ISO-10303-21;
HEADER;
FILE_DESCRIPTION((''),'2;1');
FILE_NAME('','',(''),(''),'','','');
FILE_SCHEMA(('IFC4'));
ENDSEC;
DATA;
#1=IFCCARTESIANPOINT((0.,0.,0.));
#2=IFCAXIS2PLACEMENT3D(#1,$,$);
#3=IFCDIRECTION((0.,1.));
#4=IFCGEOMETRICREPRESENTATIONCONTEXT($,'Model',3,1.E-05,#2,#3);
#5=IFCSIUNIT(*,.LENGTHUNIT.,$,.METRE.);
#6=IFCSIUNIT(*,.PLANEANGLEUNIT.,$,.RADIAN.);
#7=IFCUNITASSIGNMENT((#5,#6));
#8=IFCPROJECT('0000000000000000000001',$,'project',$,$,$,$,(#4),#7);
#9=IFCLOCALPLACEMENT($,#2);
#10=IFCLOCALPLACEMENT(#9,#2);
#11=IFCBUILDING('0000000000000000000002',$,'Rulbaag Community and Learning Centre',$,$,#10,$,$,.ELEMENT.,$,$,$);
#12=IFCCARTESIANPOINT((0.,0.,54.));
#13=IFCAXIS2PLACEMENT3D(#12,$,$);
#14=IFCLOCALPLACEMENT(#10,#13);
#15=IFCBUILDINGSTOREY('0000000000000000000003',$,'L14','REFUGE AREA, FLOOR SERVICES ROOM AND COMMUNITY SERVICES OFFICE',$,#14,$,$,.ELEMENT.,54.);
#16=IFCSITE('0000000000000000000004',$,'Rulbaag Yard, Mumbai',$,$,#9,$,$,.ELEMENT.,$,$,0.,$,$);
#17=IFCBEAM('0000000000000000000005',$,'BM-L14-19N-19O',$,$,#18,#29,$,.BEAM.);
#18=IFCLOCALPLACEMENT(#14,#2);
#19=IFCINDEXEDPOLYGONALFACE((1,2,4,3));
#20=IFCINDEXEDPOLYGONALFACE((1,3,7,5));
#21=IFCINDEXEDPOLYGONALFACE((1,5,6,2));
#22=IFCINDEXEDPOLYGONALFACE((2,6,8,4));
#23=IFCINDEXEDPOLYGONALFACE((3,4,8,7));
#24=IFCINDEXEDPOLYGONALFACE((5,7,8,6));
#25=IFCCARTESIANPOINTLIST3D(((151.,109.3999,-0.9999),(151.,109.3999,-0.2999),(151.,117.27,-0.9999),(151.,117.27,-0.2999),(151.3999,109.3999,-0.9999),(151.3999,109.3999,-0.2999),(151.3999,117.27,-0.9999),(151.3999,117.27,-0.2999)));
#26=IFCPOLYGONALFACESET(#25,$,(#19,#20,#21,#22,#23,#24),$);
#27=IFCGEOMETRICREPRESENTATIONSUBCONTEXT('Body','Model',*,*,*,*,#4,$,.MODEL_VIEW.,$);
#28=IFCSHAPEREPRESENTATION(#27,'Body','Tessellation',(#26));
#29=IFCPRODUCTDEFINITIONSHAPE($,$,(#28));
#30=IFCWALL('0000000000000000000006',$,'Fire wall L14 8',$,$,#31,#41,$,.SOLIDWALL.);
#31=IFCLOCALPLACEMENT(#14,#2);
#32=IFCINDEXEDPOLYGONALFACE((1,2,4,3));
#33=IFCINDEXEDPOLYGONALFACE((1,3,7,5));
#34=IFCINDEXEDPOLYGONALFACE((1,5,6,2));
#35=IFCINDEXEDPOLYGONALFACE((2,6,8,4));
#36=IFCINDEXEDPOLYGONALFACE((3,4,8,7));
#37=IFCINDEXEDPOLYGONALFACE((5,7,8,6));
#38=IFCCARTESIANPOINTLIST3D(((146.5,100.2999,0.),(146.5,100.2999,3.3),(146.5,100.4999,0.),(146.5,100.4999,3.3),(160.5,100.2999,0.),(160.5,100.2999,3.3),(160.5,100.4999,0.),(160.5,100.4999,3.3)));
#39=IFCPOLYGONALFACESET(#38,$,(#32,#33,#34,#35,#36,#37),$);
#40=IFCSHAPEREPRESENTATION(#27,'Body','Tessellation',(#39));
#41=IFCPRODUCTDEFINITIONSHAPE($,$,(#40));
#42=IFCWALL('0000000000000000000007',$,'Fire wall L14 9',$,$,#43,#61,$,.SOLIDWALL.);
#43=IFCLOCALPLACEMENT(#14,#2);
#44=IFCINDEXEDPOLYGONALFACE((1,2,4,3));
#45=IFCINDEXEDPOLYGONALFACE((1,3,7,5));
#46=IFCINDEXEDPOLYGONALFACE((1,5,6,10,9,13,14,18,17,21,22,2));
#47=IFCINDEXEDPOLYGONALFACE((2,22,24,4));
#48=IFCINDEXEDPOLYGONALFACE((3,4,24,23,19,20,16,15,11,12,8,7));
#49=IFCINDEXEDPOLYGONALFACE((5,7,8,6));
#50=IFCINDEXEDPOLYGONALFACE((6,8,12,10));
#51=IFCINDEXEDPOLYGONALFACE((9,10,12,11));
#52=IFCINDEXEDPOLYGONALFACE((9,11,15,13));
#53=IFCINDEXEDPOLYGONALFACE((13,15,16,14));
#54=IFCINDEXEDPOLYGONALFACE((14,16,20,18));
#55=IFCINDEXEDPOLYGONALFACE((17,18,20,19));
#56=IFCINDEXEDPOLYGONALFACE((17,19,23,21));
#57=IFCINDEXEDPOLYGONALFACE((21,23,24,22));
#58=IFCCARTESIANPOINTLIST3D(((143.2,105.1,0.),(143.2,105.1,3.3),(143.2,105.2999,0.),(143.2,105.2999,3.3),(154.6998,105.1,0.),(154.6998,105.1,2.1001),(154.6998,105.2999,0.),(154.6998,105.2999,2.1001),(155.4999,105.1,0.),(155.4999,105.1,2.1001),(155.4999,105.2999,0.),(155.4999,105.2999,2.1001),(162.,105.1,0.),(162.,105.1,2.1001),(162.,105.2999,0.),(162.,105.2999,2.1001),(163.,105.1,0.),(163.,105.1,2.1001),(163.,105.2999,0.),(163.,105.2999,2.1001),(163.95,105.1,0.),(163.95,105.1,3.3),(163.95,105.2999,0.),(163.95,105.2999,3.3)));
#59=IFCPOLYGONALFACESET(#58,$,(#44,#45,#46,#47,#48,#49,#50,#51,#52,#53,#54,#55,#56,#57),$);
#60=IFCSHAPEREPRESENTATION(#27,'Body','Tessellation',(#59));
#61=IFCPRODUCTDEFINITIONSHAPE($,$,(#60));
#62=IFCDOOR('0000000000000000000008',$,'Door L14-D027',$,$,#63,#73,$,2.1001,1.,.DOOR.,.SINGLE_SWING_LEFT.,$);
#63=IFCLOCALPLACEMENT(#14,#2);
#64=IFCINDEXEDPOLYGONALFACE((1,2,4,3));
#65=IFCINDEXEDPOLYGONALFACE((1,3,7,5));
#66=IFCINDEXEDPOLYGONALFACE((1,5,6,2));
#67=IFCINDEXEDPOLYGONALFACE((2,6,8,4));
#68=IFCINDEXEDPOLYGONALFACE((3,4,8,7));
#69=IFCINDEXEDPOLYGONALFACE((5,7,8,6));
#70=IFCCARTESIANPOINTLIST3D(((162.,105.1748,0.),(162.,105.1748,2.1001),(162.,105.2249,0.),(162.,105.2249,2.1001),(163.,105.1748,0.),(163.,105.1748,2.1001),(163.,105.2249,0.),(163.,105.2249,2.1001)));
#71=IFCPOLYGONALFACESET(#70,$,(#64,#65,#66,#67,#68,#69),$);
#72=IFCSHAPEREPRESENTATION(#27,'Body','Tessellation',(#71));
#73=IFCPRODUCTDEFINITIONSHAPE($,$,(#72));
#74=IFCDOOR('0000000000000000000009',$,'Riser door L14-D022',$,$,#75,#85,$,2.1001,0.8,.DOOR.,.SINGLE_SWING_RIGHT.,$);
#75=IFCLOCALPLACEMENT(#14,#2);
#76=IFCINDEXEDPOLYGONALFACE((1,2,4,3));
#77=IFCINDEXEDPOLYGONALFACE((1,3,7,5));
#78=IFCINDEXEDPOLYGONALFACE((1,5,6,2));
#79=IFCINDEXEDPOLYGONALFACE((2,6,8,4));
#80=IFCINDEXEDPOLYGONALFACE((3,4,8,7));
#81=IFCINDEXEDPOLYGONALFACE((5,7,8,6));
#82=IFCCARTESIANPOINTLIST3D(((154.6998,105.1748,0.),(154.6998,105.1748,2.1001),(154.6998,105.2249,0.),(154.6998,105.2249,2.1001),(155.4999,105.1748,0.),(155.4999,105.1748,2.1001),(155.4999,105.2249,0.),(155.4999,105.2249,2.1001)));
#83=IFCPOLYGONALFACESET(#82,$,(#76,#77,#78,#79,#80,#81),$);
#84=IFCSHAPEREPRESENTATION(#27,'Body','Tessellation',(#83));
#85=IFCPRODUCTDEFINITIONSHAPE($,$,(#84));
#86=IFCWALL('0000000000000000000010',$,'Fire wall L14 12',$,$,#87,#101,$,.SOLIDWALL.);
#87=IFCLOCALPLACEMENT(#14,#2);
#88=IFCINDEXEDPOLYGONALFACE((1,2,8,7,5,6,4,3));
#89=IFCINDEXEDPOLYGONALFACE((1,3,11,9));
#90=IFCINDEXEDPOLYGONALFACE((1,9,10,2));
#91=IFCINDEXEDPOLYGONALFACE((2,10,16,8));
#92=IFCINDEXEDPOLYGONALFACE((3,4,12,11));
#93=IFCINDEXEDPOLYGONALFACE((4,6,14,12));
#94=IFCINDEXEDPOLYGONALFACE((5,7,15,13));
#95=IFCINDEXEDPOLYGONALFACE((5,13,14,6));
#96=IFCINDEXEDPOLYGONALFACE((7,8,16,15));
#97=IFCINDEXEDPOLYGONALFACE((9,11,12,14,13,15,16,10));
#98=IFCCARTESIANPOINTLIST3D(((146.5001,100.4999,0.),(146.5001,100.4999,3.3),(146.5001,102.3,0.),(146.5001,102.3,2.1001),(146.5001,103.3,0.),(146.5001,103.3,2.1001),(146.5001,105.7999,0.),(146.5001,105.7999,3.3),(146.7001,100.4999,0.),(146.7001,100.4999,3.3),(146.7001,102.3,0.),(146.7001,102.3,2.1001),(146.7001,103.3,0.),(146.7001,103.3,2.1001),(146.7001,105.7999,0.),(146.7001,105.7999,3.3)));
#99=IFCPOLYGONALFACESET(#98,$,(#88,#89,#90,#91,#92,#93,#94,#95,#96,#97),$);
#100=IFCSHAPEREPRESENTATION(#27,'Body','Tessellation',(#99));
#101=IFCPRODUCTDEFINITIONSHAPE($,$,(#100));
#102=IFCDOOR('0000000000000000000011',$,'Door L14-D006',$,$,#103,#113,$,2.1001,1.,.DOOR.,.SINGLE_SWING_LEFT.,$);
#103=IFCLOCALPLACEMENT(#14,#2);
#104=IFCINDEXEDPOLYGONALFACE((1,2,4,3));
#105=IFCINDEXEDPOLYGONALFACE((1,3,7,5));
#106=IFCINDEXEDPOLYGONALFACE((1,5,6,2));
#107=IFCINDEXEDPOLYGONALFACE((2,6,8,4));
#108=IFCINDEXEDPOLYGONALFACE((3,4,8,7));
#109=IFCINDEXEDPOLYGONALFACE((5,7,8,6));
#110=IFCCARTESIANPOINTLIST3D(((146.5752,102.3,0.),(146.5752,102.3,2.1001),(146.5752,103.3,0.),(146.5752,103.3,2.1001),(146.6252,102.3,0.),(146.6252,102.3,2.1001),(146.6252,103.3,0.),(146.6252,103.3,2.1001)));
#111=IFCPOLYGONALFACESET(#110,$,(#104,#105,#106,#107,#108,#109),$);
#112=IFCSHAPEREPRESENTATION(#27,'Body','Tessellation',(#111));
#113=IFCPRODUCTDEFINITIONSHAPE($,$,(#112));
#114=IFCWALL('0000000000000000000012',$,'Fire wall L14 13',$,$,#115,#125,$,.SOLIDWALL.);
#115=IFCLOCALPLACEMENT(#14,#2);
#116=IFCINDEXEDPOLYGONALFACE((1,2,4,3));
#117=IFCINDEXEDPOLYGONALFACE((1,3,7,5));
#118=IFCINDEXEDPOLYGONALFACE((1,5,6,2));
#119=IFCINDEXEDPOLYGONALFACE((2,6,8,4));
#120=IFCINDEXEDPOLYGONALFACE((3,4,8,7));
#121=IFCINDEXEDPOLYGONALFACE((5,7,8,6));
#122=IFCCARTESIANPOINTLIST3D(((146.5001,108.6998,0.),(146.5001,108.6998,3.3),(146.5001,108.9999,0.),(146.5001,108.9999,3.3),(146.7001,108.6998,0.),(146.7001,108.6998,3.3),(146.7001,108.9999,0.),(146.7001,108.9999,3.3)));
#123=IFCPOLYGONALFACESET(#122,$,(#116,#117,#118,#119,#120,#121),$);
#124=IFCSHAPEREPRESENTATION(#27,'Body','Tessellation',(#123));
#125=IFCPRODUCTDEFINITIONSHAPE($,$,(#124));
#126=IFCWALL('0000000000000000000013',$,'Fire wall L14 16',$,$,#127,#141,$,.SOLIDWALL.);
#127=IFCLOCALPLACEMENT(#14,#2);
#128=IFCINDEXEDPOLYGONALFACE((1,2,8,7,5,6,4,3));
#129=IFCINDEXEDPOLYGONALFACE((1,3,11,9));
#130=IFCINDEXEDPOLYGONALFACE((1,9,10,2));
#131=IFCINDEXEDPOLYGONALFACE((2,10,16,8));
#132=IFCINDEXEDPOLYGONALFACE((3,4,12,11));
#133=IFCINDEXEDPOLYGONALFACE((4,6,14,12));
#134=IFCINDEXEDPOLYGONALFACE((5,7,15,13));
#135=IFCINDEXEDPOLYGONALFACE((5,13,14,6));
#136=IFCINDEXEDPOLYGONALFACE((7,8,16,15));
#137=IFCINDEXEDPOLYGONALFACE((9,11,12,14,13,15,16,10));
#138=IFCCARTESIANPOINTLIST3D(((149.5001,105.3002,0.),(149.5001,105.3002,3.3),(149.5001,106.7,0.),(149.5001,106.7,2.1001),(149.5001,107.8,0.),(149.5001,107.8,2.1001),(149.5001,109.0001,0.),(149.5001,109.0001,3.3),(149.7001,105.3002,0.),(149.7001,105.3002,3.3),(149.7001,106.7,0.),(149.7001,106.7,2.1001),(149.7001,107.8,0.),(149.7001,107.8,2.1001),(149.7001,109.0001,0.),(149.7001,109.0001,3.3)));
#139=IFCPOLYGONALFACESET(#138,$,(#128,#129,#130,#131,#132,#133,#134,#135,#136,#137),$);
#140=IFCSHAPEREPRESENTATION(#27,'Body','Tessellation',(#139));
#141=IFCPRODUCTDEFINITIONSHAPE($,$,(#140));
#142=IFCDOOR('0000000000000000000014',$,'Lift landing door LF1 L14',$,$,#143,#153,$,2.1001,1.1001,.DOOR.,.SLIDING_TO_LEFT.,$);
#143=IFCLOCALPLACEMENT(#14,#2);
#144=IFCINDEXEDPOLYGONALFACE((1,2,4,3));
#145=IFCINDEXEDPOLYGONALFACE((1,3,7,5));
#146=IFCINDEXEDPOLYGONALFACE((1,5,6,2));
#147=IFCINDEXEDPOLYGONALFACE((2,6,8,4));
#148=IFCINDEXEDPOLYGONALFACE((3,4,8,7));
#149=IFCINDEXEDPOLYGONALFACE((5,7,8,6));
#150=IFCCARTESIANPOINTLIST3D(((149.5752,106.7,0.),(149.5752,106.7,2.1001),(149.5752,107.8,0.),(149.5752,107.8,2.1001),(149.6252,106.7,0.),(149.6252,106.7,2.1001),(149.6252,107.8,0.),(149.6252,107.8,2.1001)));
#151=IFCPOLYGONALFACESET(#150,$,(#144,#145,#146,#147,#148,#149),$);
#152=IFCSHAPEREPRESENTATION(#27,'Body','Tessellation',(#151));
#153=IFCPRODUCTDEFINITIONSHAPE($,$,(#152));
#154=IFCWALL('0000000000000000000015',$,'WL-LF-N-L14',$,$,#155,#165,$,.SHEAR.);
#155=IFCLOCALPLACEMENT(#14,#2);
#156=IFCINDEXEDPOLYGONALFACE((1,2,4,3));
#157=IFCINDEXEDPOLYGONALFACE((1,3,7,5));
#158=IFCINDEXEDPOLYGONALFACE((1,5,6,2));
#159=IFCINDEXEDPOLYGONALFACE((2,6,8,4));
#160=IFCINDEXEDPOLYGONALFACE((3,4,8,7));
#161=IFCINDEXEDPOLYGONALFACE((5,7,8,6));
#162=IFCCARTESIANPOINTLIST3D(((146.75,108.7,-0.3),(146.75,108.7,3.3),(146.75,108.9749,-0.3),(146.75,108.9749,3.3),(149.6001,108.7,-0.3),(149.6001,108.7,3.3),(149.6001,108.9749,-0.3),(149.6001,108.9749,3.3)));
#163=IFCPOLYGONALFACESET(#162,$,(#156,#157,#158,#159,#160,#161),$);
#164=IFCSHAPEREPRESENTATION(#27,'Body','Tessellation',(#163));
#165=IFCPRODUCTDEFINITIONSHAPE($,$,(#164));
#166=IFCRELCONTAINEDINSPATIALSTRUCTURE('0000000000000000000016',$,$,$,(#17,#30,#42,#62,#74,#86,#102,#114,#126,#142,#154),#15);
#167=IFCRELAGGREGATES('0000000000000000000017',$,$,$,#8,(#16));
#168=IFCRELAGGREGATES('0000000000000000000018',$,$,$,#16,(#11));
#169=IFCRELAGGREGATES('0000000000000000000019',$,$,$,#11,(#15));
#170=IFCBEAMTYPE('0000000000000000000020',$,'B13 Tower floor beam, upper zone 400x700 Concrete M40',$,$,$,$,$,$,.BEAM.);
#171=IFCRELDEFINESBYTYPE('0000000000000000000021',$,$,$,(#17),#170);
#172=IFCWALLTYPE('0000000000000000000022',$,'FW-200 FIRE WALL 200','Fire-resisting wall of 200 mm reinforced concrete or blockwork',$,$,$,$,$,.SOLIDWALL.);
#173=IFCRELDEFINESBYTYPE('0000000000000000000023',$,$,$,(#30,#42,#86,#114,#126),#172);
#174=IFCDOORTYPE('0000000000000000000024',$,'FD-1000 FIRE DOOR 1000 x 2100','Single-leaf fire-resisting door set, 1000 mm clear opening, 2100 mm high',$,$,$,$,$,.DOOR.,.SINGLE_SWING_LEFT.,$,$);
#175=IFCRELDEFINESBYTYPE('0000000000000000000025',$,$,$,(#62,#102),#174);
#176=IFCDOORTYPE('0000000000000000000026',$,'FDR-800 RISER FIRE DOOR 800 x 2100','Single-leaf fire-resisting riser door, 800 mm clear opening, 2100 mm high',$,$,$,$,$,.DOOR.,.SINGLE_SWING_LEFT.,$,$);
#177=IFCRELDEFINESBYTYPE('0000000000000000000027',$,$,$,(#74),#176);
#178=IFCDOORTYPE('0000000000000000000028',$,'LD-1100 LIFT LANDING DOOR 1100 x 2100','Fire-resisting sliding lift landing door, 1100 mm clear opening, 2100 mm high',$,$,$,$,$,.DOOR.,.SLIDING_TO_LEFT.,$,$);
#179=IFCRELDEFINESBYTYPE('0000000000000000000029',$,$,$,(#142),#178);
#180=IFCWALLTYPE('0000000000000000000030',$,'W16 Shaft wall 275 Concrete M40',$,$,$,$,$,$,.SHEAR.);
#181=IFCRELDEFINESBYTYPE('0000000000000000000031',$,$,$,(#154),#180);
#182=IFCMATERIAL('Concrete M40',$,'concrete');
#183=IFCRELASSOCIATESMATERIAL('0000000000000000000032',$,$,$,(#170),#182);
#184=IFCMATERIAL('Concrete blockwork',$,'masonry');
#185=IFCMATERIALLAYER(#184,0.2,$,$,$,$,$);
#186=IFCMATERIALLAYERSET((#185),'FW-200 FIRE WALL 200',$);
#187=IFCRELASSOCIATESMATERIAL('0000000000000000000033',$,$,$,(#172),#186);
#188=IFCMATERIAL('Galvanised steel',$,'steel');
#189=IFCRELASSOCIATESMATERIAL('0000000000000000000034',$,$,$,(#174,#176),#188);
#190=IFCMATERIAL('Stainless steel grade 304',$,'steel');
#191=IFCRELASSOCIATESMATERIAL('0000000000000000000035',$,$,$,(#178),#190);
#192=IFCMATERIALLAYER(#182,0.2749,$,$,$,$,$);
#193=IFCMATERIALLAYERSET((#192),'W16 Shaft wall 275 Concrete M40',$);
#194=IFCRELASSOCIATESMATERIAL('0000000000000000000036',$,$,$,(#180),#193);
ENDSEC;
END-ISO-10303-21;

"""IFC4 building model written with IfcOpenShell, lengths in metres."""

from ifc_helpers import new_model, si_unit, direction, frame, frame_2d, origin, origin_2d, place, context, subcontext, project, spatial, rectangle, extrude, material, layer, layer_set, material_profile, profile_set, type_object, element, fill, save


model = new_model("IFC4")

# Units and contexts
model_context = context("Model", 3, precision=1e-05, world=origin(), true_north=direction((0.0, 1.0)))
body_context = subcontext(model_context, "Body", "Model", "MODEL_VIEW")
ifc_project = project(units=[si_unit("LENGTHUNIT", "METRE"), si_unit("PLANEANGLEUNIT", "RADIAN")], contexts=[model_context])

# Site, building, storey
site_placement = place(None, origin())
site = spatial("IfcSite", under=ifc_project, at=site_placement, Name="Rulbaag Yard, Mumbai", CompositionType="ELEMENT", RefElevation=0.0)
building_placement = place(site_placement, origin())
building = spatial("IfcBuilding", under=site, at=building_placement, Name="Rulbaag Community and Learning Centre", CompositionType="ELEMENT")
storey_placement = place(building_placement, frame((0.0, 0.0, 54.0)))
storey = spatial("IfcBuildingStorey", under=building, at=storey_placement, Name="L14", Description="REFUGE AREA, FLOOR SERVICES ROOM AND COMMUNITY SERVICES OFFICE", CompositionType="ELEMENT", Elevation=54.0)

# Beam
ifc_material_1 = material(Name="Concrete M40", Category="concrete")
ifc_material_profile = material_profile(ifc_material_1, rectangle(XDim=0.3999, YDim=0.7, at=origin_2d()), Name="RB400x700")
ifc_profile_set = profile_set([ifc_material_profile], Name="Concrete M40")
beam_type = type_object("IfcBeamType", Name="B13 Tower floor beam, upper zone 400x700 Concrete M40", PredefinedType="BEAM", material=ifc_profile_set)
beam_placement = place(storey_placement, frame((151.2, 109.3999, -0.6499), z_axis=(0.0, 1.0, 0.0), x_axis=(-1.0, 0.0, 0.0)))
element("IfcBeam", 1, at=beam_placement, inside=storey, type_object=beam_type, Name="BM-L14-19N-19O", PredefinedType="BEAM", context=body_context, shape_type="SweptSolid", body=[
    extrude(rectangle(XDim=0.3999, YDim=0.7, at=origin_2d()), origin(), (0.0, 0.0, 1.0), 7.8701),
])

# Wall
ifc_material_2 = material(Name="Concrete blockwork", Category="masonry")
ifc_layer_1 = layer(ifc_material_2, 0.2)
ifc_layer_set_1 = layer_set([ifc_layer_1], Name="FW-200 FIRE WALL 200")
wall_type_1 = type_object("IfcWallType", Name="FW-200 FIRE WALL 200", Description="Fire-resisting wall of 200 mm reinforced concrete or blockwork", PredefinedType="SOLIDWALL", material=ifc_layer_set_1)
wall_1_placement = place(storey_placement, frame((146.5, 100.3999, 0.0), z_axis=(0.0, 0.0, 1.0), x_axis=(1.0, 0.0, 0.0)))
element("IfcWall", 2, at=wall_1_placement, inside=storey, type_object=wall_type_1, Name="Fire wall L14 8", PredefinedType="SOLIDWALL", context=body_context, shape_type="SweptSolid", body=[
    extrude(rectangle(XDim=14.0, YDim=0.2, at=frame_2d((7.0, 0.0))), origin(), (0.0, 0.0, 1.0), 3.3),
])

# Wall, openings, doors
wall_2_placement = place(storey_placement, frame((143.2, 105.2, 0.0), z_axis=(0.0, 0.0, 1.0), x_axis=(1.0, 0.0, 0.0)))
wall_2 = element("IfcWall", 3, at=wall_2_placement, inside=storey, type_object=wall_type_1, Name="Fire wall L14 9", PredefinedType="SOLIDWALL", context=body_context, shape_type="SweptSolid", body=[
    extrude(rectangle(XDim=20.75, YDim=0.2, at=frame_2d((10.375, 0.0))), origin(), (0.0, 0.0, 1.0), 3.3),
])
opening_1_placement = place(wall_2_placement, frame((11.5, 0.0, 0.0)))
opening_1 = element("IfcOpeningElement", 4, at=opening_1_placement, cuts=wall_2, PredefinedType="OPENING", context=body_context, shape_type="SweptSolid", body=[
    extrude(rectangle(XDim=0.8, YDim=2.1001, at=frame_2d((0.3999, 1.05))), frame((0.0, 0.1099, 0.0), z_axis=(0.0, -1.0, 0.0), x_axis=(1.0, 0.0, 0.0)), (0.0, 0.0, 1.0), 0.22),
])
opening_2_placement = place(wall_2_placement, frame((18.8, 0.0, 0.0)))
opening_2 = element("IfcOpeningElement", 5, at=opening_2_placement, cuts=wall_2, PredefinedType="OPENING", context=body_context, shape_type="SweptSolid", body=[
    extrude(rectangle(XDim=1.0, YDim=2.1001, at=frame_2d((0.5, 1.05))), frame((0.0, 0.1099, 0.0), z_axis=(0.0, -1.0, 0.0), x_axis=(1.0, 0.0, 0.0)), (0.0, 0.0, 1.0), 0.22),
])
ifc_material_3 = material(Name="Galvanised steel", Category="steel")
door_type_1 = type_object("IfcDoorType", Name="FD-1000 FIRE DOOR 1000 x 2100", Description="Single-leaf fire-resisting door set, 1000 mm clear opening, 2100 mm high", OperationType="SINGLE_SWING_LEFT", PredefinedType="DOOR", material=ifc_material_3)
door_1_placement = place(opening_2_placement, origin())
door_1 = element("IfcDoor", 6, at=door_1_placement, inside=storey, type_object=door_type_1, Name="Door L14-D027", OperationType="SINGLE_SWING_LEFT", OverallHeight=2.1001, OverallWidth=1.0, PredefinedType="DOOR", context=body_context, shape_type="SweptSolid", body=[
    extrude(rectangle(XDim=1.0, YDim=2.1001, at=frame_2d((0.5, 1.05))), frame((0.0, 0.0249, 0.0), z_axis=(0.0, -1.0, 0.0), x_axis=(1.0, 0.0, 0.0)), (0.0, 0.0, 1.0), 0.05),
])
fill(opening_2, door_1)
door_type_2 = type_object("IfcDoorType", Name="FDR-800 RISER FIRE DOOR 800 x 2100", Description="Single-leaf fire-resisting riser door, 800 mm clear opening, 2100 mm high", OperationType="SINGLE_SWING_LEFT", PredefinedType="DOOR", material=ifc_material_3)
door_2_placement = place(opening_1_placement, origin())
door_2 = element("IfcDoor", 7, at=door_2_placement, inside=storey, type_object=door_type_2, Name="Riser door L14-D022", OperationType="SINGLE_SWING_RIGHT", OverallHeight=2.1001, OverallWidth=0.8, PredefinedType="DOOR", context=body_context, shape_type="SweptSolid", body=[
    extrude(rectangle(XDim=0.8, YDim=2.1001, at=frame_2d((0.3999, 1.05))), frame((0.0, 0.0249, 0.0), z_axis=(0.0, -1.0, 0.0), x_axis=(1.0, 0.0, 0.0)), (0.0, 0.0, 1.0), 0.05),
])
fill(opening_1, door_2)

# Wall, opening, door
wall_3_placement = place(storey_placement, frame((146.6001, 100.5, 0.0), z_axis=(0.0, 0.0, 1.0), x_axis=(0.0, 1.0, 0.0)))
wall_3 = element("IfcWall", 8, at=wall_3_placement, inside=storey, type_object=wall_type_1, Name="Fire wall L14 12", PredefinedType="SOLIDWALL", context=body_context, shape_type="SweptSolid", body=[
    extrude(rectangle(XDim=5.3, YDim=0.2, at=frame_2d((2.6499, 0.0))), origin(), (0.0, 0.0, 1.0), 3.3),
])
opening_3_placement = place(wall_3_placement, frame((1.8, 0.0, 0.0)))
opening_3 = element("IfcOpeningElement", 9, at=opening_3_placement, cuts=wall_3, PredefinedType="OPENING", context=body_context, shape_type="SweptSolid", body=[
    extrude(rectangle(XDim=1.0, YDim=2.1001, at=frame_2d((0.5, 1.05))), frame((0.0, 0.1099, 0.0), z_axis=(0.0, -1.0, 0.0), x_axis=(1.0, 0.0, 0.0)), (0.0, 0.0, 1.0), 0.22),
])
door_3_placement = place(opening_3_placement, origin())
door_3 = element("IfcDoor", 10, at=door_3_placement, inside=storey, type_object=door_type_1, Name="Door L14-D006", OperationType="SINGLE_SWING_LEFT", OverallHeight=2.1001, OverallWidth=1.0, PredefinedType="DOOR", context=body_context, shape_type="SweptSolid", body=[
    extrude(rectangle(XDim=1.0, YDim=2.1001, at=frame_2d((0.5, 1.05))), frame((0.0, 0.0249, 0.0), z_axis=(0.0, -1.0, 0.0), x_axis=(1.0, 0.0, 0.0)), (0.0, 0.0, 1.0), 0.05),
])
fill(opening_3, door_3)

# Wall
wall_4_placement = place(storey_placement, frame((146.6001, 108.7, 0.0), z_axis=(0.0, 0.0, 1.0), x_axis=(0.0, 1.0, 0.0)))
element("IfcWall", 11, at=wall_4_placement, inside=storey, type_object=wall_type_1, Name="Fire wall L14 13", PredefinedType="SOLIDWALL", context=body_context, shape_type="SweptSolid", body=[
    extrude(rectangle(XDim=0.3, YDim=0.2, at=frame_2d((0.1499, 0.0))), origin(), (0.0, 0.0, 1.0), 3.3),
])

# Wall, opening, door
wall_5_placement = place(storey_placement, frame((149.6001, 105.3, 0.0), z_axis=(0.0, 0.0, 1.0), x_axis=(0.0, 1.0, 0.0)))
wall_5 = element("IfcWall", 12, at=wall_5_placement, inside=storey, type_object=wall_type_1, Name="Fire wall L14 16", PredefinedType="SOLIDWALL", context=body_context, shape_type="SweptSolid", body=[
    extrude(rectangle(XDim=3.7, YDim=0.2, at=frame_2d((1.8501, 0.0))), origin(), (0.0, 0.0, 1.0), 3.3),
])
opening_4_placement = place(wall_5_placement, frame((1.3999, 0.0, 0.0)))
opening_4 = element("IfcOpeningElement", 13, at=opening_4_placement, cuts=wall_5, PredefinedType="OPENING", context=body_context, shape_type="SweptSolid", body=[
    extrude(rectangle(XDim=1.1001, YDim=2.1001, at=frame_2d((0.55, 1.05))), frame((0.0, 0.1099, 0.0), z_axis=(0.0, -1.0, 0.0), x_axis=(1.0, 0.0, 0.0)), (0.0, 0.0, 1.0), 0.22),
])
ifc_material_4 = material(Name="Stainless steel grade 304", Category="steel")
door_type_3 = type_object("IfcDoorType", Name="LD-1100 LIFT LANDING DOOR 1100 x 2100", Description="Fire-resisting sliding lift landing door, 1100 mm clear opening, 2100 mm high", OperationType="SLIDING_TO_LEFT", PredefinedType="DOOR", material=ifc_material_4)
door_4_placement = place(opening_4_placement, origin())
door_4 = element("IfcDoor", 14, at=door_4_placement, inside=storey, type_object=door_type_3, Name="Lift landing door LF1 L14", OperationType="SLIDING_TO_LEFT", OverallHeight=2.1001, OverallWidth=1.1001, PredefinedType="DOOR", context=body_context, shape_type="SweptSolid", body=[
    extrude(rectangle(XDim=1.1001, YDim=2.1001, at=frame_2d((0.55, 1.05))), frame((0.0, 0.0249, 0.0), z_axis=(0.0, -1.0, 0.0), x_axis=(1.0, 0.0, 0.0)), (0.0, 0.0, 1.0), 0.05),
])
fill(opening_4, door_4)

# Wall
ifc_layer_2 = layer(ifc_material_1, 0.2749)
ifc_layer_set_2 = layer_set([ifc_layer_2], Name="W16 Shaft wall 275 Concrete M40")
wall_type_2 = type_object("IfcWallType", Name="W16 Shaft wall 275 Concrete M40", PredefinedType="SHEAR", material=ifc_layer_set_2)
wall_6_placement = place(storey_placement, frame((146.75, 108.8374, -0.3), z_axis=(0.0, 0.0, 1.0), x_axis=(1.0, 0.0, 0.0)))
element("IfcWall", 15, at=wall_6_placement, inside=storey, type_object=wall_type_2, Name="WL-LF-N-L14", PredefinedType="SHEAR", context=body_context, shape_type="SweptSolid", body=[
    extrude(rectangle(XDim=2.8501, YDim=0.2749, at=frame_2d((1.425, 0.0))), origin(), (0.0, 0.0, 1.0), 3.6001),
])

save(model, "model.ifc")
